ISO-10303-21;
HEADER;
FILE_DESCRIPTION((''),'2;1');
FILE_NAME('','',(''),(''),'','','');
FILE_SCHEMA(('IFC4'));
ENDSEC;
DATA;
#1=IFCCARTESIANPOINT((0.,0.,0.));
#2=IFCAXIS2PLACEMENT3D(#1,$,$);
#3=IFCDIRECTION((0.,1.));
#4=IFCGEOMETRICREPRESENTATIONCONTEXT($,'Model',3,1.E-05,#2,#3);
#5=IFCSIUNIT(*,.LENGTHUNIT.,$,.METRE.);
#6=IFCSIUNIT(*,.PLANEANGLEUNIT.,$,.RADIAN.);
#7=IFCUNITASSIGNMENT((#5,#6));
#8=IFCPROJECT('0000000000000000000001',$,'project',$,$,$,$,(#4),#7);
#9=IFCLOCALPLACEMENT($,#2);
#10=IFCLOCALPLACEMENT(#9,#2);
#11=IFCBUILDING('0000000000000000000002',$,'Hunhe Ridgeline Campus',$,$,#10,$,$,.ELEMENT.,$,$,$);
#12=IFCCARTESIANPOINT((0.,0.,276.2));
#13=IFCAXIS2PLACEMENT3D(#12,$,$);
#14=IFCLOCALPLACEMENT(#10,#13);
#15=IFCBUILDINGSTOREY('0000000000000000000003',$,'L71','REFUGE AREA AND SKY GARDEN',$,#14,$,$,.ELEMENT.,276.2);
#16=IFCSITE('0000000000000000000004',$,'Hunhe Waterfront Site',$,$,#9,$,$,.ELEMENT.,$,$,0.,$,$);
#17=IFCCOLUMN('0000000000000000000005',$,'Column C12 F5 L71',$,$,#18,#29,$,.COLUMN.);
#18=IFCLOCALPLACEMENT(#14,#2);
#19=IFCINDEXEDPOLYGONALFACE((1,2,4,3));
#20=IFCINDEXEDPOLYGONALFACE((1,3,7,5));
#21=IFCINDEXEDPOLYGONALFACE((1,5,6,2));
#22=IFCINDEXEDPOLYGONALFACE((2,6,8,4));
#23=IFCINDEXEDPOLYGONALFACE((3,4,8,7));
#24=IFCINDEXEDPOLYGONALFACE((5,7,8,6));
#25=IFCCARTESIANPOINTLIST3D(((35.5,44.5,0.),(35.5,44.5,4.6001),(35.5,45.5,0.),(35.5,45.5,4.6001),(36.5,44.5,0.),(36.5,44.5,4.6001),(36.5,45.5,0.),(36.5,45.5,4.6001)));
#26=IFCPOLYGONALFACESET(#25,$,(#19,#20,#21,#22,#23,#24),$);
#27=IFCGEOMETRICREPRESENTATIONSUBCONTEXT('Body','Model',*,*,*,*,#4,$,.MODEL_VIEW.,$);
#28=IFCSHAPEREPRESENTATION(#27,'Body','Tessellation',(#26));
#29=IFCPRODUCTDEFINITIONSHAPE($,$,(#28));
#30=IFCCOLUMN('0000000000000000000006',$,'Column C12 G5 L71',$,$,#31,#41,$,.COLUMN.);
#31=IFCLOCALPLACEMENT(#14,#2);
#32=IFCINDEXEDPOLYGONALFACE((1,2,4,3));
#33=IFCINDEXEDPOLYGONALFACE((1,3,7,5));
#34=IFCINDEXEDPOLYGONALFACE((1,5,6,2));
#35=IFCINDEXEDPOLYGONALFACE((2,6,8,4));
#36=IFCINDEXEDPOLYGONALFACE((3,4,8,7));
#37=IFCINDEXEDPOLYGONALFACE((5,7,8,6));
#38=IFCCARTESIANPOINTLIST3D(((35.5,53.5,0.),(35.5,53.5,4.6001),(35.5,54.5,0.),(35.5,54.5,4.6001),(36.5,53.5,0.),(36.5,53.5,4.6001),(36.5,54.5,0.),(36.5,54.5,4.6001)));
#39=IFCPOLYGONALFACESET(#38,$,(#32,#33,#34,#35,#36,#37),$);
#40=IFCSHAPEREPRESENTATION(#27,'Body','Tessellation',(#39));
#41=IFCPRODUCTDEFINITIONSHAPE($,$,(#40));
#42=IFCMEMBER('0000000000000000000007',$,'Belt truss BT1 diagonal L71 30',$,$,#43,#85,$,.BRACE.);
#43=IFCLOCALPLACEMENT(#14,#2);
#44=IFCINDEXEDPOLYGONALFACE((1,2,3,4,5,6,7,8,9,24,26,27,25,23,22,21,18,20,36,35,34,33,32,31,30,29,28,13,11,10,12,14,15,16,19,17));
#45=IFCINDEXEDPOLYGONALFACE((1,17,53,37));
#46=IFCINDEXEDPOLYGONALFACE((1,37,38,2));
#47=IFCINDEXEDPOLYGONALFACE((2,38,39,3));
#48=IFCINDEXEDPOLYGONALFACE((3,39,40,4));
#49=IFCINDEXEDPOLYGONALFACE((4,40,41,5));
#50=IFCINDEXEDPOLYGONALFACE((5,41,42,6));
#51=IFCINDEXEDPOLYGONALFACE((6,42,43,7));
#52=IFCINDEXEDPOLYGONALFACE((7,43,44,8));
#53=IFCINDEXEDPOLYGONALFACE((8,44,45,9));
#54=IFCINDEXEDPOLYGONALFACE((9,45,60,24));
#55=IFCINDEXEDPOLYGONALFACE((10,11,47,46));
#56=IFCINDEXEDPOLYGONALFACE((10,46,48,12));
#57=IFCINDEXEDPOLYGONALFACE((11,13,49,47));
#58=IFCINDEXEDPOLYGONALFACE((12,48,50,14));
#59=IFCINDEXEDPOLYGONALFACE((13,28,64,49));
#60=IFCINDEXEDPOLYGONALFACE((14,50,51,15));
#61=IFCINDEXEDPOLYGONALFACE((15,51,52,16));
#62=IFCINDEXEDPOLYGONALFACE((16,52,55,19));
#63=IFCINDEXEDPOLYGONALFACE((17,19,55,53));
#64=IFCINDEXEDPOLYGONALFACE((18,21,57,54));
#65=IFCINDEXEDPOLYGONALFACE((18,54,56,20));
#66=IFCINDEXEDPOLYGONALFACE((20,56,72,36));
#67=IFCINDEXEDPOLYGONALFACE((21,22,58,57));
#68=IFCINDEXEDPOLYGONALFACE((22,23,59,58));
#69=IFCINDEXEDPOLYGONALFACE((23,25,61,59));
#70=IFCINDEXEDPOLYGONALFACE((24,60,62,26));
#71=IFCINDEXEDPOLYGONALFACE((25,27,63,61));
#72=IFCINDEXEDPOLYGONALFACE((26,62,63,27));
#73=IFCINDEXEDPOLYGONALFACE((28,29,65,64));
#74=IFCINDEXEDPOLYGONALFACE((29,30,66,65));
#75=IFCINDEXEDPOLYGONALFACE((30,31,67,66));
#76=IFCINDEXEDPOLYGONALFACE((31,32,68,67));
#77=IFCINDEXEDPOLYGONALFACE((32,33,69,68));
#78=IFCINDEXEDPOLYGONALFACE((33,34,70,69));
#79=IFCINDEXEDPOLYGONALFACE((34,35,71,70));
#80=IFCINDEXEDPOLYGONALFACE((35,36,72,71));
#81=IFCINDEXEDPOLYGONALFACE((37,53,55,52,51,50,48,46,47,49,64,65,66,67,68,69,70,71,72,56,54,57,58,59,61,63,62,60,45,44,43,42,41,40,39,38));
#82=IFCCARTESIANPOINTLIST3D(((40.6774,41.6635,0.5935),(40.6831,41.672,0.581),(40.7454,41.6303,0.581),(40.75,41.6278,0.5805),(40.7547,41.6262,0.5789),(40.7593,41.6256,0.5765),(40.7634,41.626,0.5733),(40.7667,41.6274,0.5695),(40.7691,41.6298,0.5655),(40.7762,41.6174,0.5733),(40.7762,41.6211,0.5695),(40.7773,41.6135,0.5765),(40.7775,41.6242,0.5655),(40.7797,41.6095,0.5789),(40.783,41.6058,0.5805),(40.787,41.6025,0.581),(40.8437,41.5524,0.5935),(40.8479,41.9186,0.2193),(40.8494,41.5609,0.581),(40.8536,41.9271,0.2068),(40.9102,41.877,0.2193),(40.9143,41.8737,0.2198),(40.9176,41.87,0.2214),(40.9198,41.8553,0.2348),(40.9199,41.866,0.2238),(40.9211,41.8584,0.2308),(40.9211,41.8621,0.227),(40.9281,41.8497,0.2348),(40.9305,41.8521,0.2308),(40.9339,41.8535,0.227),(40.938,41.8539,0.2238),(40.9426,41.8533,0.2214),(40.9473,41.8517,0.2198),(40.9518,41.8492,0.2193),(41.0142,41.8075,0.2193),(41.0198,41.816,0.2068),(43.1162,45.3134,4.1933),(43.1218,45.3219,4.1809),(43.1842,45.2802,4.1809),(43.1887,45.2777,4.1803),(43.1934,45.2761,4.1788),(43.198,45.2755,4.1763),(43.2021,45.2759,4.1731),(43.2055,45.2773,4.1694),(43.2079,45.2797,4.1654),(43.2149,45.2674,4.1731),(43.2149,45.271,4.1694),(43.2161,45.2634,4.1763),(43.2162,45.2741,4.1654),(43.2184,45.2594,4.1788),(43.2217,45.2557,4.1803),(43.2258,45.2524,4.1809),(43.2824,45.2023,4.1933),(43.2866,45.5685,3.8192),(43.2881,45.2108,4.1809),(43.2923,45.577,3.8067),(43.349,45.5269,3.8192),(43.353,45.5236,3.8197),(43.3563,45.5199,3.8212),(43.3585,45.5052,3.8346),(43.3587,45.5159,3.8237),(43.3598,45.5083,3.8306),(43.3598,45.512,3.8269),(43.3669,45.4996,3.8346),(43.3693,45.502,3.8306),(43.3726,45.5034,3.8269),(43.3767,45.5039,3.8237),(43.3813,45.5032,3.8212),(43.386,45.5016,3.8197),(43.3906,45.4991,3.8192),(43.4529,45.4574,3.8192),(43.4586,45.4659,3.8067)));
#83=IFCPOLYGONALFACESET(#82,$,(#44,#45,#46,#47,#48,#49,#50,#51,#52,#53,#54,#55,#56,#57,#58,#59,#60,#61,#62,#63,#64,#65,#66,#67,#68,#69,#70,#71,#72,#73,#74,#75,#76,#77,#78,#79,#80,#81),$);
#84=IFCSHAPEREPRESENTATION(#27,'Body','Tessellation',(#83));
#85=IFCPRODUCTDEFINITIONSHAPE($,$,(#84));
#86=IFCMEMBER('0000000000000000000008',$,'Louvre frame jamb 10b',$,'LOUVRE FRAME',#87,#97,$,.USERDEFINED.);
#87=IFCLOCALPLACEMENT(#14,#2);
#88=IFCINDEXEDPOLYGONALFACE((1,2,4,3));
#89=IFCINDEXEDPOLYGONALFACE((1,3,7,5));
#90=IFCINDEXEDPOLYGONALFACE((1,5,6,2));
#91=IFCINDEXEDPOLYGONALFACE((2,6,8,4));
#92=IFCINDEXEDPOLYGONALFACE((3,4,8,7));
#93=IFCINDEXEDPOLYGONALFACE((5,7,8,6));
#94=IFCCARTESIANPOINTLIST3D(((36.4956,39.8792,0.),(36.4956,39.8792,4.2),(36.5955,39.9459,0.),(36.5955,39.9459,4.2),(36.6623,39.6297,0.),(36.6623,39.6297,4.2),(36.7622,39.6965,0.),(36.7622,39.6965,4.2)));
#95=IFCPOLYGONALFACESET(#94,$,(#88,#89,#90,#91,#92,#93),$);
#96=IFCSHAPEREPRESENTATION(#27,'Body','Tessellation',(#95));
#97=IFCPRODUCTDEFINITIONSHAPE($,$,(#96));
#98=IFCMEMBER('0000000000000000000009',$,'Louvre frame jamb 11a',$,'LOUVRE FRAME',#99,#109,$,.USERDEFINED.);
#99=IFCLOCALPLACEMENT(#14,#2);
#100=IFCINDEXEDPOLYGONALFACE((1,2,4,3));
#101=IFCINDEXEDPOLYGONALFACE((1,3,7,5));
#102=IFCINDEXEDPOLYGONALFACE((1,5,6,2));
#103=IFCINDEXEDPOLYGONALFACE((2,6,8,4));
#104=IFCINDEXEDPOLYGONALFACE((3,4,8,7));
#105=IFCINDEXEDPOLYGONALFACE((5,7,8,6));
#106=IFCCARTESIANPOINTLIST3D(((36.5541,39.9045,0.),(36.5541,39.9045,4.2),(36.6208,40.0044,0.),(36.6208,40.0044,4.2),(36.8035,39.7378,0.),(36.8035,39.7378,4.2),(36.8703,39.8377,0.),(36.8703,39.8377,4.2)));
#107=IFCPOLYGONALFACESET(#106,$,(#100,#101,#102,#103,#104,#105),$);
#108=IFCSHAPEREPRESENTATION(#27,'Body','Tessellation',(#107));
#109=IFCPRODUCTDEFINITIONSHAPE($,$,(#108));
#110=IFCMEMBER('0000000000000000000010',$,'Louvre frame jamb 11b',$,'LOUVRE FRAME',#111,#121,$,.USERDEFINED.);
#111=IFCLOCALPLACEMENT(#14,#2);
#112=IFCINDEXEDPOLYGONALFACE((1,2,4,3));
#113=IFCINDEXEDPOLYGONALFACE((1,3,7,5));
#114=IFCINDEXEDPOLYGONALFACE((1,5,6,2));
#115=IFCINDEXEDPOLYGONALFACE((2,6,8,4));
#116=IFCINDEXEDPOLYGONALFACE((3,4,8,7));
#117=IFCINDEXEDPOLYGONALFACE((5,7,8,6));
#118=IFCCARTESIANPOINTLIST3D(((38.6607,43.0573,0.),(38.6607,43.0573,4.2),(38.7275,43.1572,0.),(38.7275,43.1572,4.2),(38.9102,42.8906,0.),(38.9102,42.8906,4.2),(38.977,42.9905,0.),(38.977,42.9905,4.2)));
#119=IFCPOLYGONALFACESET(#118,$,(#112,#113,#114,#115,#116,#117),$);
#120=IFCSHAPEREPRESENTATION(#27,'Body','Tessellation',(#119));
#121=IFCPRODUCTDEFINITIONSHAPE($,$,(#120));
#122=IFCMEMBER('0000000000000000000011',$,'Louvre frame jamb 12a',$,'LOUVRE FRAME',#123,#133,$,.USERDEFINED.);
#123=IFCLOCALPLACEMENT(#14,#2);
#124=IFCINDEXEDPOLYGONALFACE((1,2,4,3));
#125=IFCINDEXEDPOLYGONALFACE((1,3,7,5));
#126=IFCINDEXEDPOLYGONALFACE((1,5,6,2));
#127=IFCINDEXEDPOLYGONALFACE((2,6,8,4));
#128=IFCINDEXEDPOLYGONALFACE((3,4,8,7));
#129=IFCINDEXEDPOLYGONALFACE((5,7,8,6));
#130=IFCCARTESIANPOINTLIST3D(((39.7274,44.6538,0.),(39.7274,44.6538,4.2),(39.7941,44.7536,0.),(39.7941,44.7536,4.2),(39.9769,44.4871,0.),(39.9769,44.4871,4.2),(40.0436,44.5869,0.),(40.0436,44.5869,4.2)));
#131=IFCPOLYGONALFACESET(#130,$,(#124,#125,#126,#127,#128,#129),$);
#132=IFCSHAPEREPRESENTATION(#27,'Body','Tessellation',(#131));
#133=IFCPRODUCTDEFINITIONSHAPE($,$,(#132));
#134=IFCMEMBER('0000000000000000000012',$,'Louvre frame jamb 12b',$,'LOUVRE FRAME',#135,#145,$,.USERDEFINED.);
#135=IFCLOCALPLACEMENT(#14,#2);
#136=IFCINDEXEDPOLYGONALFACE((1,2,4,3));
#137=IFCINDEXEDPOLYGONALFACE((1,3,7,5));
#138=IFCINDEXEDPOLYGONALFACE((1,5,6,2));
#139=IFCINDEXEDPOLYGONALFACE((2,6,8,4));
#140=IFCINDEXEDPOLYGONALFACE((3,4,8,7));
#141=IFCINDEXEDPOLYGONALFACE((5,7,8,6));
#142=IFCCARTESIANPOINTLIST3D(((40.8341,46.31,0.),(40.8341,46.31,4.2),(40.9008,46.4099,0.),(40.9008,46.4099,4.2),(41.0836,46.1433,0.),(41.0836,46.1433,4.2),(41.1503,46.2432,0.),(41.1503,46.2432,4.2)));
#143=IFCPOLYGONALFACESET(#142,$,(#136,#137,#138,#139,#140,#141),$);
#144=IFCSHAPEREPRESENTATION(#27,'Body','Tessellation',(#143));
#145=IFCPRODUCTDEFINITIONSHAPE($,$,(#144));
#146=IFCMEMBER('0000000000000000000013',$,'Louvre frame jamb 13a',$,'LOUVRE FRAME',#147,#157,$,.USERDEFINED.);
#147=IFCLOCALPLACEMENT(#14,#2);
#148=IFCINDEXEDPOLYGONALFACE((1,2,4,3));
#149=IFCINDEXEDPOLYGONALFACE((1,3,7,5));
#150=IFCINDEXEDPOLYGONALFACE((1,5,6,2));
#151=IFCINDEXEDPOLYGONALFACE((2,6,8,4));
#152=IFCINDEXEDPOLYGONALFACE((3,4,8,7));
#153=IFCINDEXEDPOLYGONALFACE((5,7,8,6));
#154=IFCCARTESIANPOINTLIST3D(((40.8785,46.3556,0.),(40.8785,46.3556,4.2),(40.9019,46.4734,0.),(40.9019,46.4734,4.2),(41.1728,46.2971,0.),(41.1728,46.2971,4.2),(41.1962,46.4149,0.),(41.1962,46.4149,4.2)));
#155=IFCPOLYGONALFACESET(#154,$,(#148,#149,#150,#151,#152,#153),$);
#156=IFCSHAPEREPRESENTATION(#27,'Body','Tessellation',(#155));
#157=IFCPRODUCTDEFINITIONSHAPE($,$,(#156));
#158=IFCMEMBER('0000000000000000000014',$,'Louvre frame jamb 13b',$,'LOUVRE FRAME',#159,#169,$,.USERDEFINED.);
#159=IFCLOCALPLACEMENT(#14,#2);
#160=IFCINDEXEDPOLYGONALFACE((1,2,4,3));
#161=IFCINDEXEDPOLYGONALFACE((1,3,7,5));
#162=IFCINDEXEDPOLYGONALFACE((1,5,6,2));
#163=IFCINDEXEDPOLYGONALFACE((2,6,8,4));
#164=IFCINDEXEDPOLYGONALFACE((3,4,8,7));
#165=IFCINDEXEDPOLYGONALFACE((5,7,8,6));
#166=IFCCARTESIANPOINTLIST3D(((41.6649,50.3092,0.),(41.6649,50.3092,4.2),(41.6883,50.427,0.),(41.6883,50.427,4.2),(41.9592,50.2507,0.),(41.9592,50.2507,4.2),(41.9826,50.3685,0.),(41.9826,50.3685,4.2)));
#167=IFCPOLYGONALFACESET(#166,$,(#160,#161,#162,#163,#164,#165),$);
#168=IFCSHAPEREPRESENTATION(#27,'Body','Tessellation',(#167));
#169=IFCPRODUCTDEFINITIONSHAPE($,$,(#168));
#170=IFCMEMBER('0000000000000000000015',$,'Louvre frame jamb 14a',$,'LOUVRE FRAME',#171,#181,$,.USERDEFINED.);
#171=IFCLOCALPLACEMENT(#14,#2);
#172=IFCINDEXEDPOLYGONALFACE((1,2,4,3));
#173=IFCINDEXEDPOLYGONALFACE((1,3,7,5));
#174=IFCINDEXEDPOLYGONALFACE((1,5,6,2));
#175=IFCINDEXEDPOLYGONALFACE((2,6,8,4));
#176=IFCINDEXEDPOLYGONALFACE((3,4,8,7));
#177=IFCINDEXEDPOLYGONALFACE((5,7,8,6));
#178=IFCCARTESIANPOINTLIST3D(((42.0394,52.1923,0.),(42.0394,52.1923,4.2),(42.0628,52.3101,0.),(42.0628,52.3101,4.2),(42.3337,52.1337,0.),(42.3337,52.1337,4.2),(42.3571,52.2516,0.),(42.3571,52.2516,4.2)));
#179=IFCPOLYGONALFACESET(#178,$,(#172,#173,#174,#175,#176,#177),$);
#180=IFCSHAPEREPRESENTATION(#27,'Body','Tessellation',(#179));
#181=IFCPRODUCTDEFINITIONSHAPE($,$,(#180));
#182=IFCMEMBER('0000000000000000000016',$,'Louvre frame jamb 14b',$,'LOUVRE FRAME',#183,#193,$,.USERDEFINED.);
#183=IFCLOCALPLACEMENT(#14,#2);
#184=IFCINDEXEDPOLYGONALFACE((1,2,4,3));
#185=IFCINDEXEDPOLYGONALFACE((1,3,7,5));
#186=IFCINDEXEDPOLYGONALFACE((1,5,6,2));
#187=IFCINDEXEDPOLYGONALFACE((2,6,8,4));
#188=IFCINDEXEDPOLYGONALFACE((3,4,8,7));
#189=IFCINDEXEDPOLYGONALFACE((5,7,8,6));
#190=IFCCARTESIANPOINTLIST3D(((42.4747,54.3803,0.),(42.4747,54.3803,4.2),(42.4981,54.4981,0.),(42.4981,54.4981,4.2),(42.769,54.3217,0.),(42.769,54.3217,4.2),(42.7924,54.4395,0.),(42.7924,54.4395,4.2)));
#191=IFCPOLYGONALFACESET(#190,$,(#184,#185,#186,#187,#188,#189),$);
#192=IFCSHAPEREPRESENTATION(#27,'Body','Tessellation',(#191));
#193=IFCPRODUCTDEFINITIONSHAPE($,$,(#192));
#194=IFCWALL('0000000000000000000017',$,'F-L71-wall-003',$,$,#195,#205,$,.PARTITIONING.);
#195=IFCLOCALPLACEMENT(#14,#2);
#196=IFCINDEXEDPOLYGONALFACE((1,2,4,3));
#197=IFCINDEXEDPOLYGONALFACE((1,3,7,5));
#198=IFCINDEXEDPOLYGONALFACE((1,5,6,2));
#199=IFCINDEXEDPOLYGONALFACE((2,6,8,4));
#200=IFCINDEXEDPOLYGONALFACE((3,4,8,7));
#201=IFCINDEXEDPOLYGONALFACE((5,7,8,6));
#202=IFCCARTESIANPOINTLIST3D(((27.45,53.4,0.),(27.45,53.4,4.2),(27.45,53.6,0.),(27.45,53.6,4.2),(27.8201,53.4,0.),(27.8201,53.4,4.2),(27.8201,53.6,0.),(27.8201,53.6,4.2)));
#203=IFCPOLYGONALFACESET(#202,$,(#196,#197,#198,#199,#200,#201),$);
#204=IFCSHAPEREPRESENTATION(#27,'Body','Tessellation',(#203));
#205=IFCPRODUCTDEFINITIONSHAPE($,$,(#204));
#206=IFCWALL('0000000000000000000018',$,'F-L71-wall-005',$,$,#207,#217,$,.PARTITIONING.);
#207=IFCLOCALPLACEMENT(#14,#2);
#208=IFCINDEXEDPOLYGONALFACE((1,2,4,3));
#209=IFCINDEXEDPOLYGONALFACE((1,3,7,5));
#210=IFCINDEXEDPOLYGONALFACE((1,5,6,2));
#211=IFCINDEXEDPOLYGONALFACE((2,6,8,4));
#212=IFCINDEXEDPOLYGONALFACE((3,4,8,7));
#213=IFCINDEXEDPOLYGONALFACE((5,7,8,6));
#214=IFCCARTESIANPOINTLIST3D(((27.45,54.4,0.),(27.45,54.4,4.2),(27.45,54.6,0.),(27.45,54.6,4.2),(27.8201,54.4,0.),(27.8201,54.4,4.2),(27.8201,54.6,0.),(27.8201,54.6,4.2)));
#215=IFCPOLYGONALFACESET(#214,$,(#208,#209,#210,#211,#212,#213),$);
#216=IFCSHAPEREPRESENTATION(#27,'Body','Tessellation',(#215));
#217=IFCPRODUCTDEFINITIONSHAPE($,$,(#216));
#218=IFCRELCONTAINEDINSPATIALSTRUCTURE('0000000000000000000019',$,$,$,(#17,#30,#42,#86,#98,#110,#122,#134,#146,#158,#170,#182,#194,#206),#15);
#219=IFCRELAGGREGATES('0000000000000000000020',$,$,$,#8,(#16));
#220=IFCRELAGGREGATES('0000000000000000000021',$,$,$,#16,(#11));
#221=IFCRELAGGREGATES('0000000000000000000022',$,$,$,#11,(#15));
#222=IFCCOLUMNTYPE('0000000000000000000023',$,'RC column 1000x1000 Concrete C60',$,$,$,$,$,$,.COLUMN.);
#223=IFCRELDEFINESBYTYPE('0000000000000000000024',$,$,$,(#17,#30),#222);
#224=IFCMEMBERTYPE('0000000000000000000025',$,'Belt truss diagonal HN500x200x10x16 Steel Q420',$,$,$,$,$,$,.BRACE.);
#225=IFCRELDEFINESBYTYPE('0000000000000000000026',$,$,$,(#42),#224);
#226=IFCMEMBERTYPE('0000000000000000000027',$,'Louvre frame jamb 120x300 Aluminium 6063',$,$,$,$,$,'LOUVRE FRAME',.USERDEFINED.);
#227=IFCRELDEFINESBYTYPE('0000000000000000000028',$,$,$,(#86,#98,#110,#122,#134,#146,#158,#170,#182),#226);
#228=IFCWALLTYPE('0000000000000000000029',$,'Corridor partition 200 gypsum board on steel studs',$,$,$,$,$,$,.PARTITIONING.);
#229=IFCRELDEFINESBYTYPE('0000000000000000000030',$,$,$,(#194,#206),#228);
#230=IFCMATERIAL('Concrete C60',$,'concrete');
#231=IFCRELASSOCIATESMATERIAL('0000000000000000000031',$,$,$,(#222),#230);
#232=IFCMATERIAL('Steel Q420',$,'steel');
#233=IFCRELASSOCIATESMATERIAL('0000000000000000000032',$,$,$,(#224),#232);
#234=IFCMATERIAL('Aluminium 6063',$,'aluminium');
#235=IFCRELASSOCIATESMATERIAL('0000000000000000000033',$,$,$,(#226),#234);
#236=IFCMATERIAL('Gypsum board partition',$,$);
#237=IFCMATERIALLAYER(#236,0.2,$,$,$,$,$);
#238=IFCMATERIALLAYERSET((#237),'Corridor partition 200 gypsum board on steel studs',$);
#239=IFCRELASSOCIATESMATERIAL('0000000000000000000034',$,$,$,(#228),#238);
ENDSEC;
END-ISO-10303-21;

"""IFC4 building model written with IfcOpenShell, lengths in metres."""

from ifc_helpers import new_model, si_unit, direction, frame, frame_2d, origin, origin_2d, place, context, subcontext, project, spatial, rectangle, i_section, extrude, material, layer, layer_set, material_profile, profile_set, type_object, element, save


model = new_model("IFC4")

# Units and contexts
model_context = context("Model", 3, precision=1e-05, world=origin(), true_north=direction((0.0, 1.0)))
body_context = subcontext(model_context, "Body", "Model", "MODEL_VIEW")
ifc_project = project(units=[si_unit("LENGTHUNIT", "METRE"), si_unit("PLANEANGLEUNIT", "RADIAN")], contexts=[model_context])

# Site, building, storey
site_placement = place(None, origin())
site = spatial("IfcSite", under=ifc_project, at=site_placement, Name="Hunhe Waterfront Site", CompositionType="ELEMENT", RefElevation=0.0)
building_placement = place(site_placement, origin())
building = spatial("IfcBuilding", under=site, at=building_placement, Name="Hunhe Ridgeline Campus", CompositionType="ELEMENT")
storey_placement = place(building_placement, frame((0.0, 0.0, 276.2)))
storey = spatial("IfcBuildingStorey", under=building, at=storey_placement, Name="L71", Description="REFUGE AREA AND SKY GARDEN", CompositionType="ELEMENT", Elevation=276.2)

# Columns
ifc_material_1 = material(Name="Concrete C60", Category="concrete")
ifc_material_profile_1 = material_profile(ifc_material_1, rectangle(XDim=1.0, YDim=1.0, at=origin_2d()))
ifc_profile_set_1 = profile_set([ifc_material_profile_1], Name="Concrete C60")
column_type = type_object("IfcColumnType", Name="RC column 1000x1000 Concrete C60", PredefinedType="COLUMN", material=ifc_profile_set_1)
for number, where, z_axis, x_axis, name in (
    (1, (36.0, 45.0, 0.0), (0.0, 0.0, 1.0), (1.0, 0.0, 0.0), "Column C12 F5 L71"),
    (2, (36.0, 54.0, 0.0), (0.0, 0.0, 1.0), (1.0, 0.0, 0.0), "Column C12 G5 L71"),
):
    element("IfcColumn", number, at=place(storey_placement, frame(where, z_axis=z_axis, x_axis=x_axis)), inside=storey, type_object=column_type, Name=name, PredefinedType="COLUMN", context=body_context, shape_type="SweptSolid", body=[
        extrude(rectangle(XDim=1.0, YDim=1.0, at=origin_2d()), origin(), (0.0, 0.0, 1.0), 4.6001),
    ])

# Members
ifc_material_2 = material(Name="Steel Q420", Category="steel")
ifc_material_profile_2 = material_profile(ifc_material_2, i_section(OverallWidth=0.2, OverallDepth=0.5, WebThickness=0.01, FlangeThickness=0.0161, FilletRadius=0.02, at=origin_2d()))
ifc_profile_set_2 = profile_set([ifc_material_profile_2], Name="Steel Q420")
member_type_1 = type_object("IfcMemberType", Name="Belt truss diagonal HN500x200x10x16 Steel Q420", PredefinedType="BRACE", material=ifc_profile_set_2)
member_placement = place(storey_placement, frame((40.8486, 41.7397, 0.4001), z_axis=(0.429581, 0.64293, 0.634114), x_axis=(-0.831477, 0.55556, 0.0)))
element("IfcMember", 3, at=member_placement, inside=storey, type_object=member_type_1, Name="Belt truss BT1 diagonal L71 30", PredefinedType="BRACE", context=body_context, shape_type="SweptSolid", body=[
    extrude(i_section(OverallWidth=0.2, OverallDepth=0.5, WebThickness=0.01, FlangeThickness=0.0161, FilletRadius=0.02, at=origin_2d()), origin(), (0.0, 0.0, 1.0), 5.677),
])
ifc_material_3 = material(Name="Aluminium 6063", Category="aluminium")
ifc_material_profile_3 = material_profile(ifc_material_3, rectangle(XDim=0.3, YDim=0.1201, at=origin_2d()))
ifc_profile_set_3 = profile_set([ifc_material_profile_3], Name="Aluminium 6063")
member_type_2 = type_object("IfcMemberType", Name="Louvre frame jamb 120x300 Aluminium 6063", ElementType="LOUVRE FRAME", PredefinedType="USERDEFINED", material=ifc_profile_set_3)
for number, where, z_axis, x_axis, name in (
    (4, (36.6289, 39.7878, 0.0), (0.0, 0.0, 1.0), (-0.55557, 0.83147, 0.0), "Louvre frame jamb 10b"),
    (5, (36.7122, 39.8711, 0.0), (0.0, 0.0, 1.0), (-0.83147, 0.55557, 0.0), "Louvre frame jamb 11a"),
    (6, (38.8188, 43.0239, 0.0), (0.0, 0.0, 1.0), (-0.83147, 0.55557, 0.0), "Louvre frame jamb 11b"),
    (7, (39.8855, 44.6204, 0.0), (0.0, 0.0, 1.0), (-0.83147, 0.55557, 0.0), "Louvre frame jamb 12a"),
    (8, (40.9922, 46.2766, 0.0), (0.0, 0.0, 1.0), (-0.83147, 0.55557, 0.0), "Louvre frame jamb 12b"),
    (9, (41.0374, 46.3853, 0.0), (0.0, 0.0, 1.0), (-0.980783, 0.195104, 0.0), "Louvre frame jamb 13a"),
    (10, (41.8237, 50.3389, 0.0), (0.0, 0.0, 1.0), (-0.980783, 0.195104, 0.0), "Louvre frame jamb 13b"),
    (11, (42.1982, 52.2219, 0.0), (0.0, 0.0, 1.0), (-0.980783, 0.195104, 0.0), "Louvre frame jamb 14a"),
    (12, (42.6335, 54.4099, 0.0), (0.0, 0.0, 1.0), (-0.980783, 0.195104, 0.0), "Louvre frame jamb 14b"),
):
    element("IfcMember", number, at=place(storey_placement, frame(where, z_axis=z_axis, x_axis=x_axis)), inside=storey, type_object=member_type_2, Name=name, ObjectType="LOUVRE FRAME", PredefinedType="USERDEFINED", context=body_context, shape_type="SweptSolid", body=[
        extrude(rectangle(XDim=0.3, YDim=0.1201, at=origin_2d()), origin(), (0.0, 0.0, 1.0), 4.2),
    ])

# Walls
ifc_material_4 = material(Name="Gypsum board partition")
ifc_layer_1 = layer(ifc_material_4, 0.2)
ifc_layer_set_1 = layer_set([ifc_layer_1], Name="Corridor partition 200 gypsum board on steel studs")
wall_type_1 = type_object("IfcWallType", Name="Corridor partition 200 gypsum board on steel studs", PredefinedType="PARTITIONING", material=ifc_layer_set_1)
for number, where, z_axis, x_axis, name in (
    (13, (27.45, 53.5, 0.0), (0.0, 0.0, 1.0), (1.0, 0.0, 0.0), "F-L71-wall-003"),
    (14, (27.45, 54.5, 0.0), (0.0, 0.0, 1.0), (1.0, 0.0, 0.0), "F-L71-wall-005"),
):
    element("IfcWall", number, at=place(storey_placement, frame(where, z_axis=z_axis, x_axis=x_axis)), inside=storey, type_object=wall_type_1, Name=name, PredefinedType="PARTITIONING", context=body_context, shape_type="SweptSolid", body=[
        extrude(rectangle(XDim=0.3701, YDim=0.2, at=frame_2d((0.1851, 0.0))), origin(), (0.0, 0.0, 1.0), 4.2),
    ])

save(model, "model.ifc")
